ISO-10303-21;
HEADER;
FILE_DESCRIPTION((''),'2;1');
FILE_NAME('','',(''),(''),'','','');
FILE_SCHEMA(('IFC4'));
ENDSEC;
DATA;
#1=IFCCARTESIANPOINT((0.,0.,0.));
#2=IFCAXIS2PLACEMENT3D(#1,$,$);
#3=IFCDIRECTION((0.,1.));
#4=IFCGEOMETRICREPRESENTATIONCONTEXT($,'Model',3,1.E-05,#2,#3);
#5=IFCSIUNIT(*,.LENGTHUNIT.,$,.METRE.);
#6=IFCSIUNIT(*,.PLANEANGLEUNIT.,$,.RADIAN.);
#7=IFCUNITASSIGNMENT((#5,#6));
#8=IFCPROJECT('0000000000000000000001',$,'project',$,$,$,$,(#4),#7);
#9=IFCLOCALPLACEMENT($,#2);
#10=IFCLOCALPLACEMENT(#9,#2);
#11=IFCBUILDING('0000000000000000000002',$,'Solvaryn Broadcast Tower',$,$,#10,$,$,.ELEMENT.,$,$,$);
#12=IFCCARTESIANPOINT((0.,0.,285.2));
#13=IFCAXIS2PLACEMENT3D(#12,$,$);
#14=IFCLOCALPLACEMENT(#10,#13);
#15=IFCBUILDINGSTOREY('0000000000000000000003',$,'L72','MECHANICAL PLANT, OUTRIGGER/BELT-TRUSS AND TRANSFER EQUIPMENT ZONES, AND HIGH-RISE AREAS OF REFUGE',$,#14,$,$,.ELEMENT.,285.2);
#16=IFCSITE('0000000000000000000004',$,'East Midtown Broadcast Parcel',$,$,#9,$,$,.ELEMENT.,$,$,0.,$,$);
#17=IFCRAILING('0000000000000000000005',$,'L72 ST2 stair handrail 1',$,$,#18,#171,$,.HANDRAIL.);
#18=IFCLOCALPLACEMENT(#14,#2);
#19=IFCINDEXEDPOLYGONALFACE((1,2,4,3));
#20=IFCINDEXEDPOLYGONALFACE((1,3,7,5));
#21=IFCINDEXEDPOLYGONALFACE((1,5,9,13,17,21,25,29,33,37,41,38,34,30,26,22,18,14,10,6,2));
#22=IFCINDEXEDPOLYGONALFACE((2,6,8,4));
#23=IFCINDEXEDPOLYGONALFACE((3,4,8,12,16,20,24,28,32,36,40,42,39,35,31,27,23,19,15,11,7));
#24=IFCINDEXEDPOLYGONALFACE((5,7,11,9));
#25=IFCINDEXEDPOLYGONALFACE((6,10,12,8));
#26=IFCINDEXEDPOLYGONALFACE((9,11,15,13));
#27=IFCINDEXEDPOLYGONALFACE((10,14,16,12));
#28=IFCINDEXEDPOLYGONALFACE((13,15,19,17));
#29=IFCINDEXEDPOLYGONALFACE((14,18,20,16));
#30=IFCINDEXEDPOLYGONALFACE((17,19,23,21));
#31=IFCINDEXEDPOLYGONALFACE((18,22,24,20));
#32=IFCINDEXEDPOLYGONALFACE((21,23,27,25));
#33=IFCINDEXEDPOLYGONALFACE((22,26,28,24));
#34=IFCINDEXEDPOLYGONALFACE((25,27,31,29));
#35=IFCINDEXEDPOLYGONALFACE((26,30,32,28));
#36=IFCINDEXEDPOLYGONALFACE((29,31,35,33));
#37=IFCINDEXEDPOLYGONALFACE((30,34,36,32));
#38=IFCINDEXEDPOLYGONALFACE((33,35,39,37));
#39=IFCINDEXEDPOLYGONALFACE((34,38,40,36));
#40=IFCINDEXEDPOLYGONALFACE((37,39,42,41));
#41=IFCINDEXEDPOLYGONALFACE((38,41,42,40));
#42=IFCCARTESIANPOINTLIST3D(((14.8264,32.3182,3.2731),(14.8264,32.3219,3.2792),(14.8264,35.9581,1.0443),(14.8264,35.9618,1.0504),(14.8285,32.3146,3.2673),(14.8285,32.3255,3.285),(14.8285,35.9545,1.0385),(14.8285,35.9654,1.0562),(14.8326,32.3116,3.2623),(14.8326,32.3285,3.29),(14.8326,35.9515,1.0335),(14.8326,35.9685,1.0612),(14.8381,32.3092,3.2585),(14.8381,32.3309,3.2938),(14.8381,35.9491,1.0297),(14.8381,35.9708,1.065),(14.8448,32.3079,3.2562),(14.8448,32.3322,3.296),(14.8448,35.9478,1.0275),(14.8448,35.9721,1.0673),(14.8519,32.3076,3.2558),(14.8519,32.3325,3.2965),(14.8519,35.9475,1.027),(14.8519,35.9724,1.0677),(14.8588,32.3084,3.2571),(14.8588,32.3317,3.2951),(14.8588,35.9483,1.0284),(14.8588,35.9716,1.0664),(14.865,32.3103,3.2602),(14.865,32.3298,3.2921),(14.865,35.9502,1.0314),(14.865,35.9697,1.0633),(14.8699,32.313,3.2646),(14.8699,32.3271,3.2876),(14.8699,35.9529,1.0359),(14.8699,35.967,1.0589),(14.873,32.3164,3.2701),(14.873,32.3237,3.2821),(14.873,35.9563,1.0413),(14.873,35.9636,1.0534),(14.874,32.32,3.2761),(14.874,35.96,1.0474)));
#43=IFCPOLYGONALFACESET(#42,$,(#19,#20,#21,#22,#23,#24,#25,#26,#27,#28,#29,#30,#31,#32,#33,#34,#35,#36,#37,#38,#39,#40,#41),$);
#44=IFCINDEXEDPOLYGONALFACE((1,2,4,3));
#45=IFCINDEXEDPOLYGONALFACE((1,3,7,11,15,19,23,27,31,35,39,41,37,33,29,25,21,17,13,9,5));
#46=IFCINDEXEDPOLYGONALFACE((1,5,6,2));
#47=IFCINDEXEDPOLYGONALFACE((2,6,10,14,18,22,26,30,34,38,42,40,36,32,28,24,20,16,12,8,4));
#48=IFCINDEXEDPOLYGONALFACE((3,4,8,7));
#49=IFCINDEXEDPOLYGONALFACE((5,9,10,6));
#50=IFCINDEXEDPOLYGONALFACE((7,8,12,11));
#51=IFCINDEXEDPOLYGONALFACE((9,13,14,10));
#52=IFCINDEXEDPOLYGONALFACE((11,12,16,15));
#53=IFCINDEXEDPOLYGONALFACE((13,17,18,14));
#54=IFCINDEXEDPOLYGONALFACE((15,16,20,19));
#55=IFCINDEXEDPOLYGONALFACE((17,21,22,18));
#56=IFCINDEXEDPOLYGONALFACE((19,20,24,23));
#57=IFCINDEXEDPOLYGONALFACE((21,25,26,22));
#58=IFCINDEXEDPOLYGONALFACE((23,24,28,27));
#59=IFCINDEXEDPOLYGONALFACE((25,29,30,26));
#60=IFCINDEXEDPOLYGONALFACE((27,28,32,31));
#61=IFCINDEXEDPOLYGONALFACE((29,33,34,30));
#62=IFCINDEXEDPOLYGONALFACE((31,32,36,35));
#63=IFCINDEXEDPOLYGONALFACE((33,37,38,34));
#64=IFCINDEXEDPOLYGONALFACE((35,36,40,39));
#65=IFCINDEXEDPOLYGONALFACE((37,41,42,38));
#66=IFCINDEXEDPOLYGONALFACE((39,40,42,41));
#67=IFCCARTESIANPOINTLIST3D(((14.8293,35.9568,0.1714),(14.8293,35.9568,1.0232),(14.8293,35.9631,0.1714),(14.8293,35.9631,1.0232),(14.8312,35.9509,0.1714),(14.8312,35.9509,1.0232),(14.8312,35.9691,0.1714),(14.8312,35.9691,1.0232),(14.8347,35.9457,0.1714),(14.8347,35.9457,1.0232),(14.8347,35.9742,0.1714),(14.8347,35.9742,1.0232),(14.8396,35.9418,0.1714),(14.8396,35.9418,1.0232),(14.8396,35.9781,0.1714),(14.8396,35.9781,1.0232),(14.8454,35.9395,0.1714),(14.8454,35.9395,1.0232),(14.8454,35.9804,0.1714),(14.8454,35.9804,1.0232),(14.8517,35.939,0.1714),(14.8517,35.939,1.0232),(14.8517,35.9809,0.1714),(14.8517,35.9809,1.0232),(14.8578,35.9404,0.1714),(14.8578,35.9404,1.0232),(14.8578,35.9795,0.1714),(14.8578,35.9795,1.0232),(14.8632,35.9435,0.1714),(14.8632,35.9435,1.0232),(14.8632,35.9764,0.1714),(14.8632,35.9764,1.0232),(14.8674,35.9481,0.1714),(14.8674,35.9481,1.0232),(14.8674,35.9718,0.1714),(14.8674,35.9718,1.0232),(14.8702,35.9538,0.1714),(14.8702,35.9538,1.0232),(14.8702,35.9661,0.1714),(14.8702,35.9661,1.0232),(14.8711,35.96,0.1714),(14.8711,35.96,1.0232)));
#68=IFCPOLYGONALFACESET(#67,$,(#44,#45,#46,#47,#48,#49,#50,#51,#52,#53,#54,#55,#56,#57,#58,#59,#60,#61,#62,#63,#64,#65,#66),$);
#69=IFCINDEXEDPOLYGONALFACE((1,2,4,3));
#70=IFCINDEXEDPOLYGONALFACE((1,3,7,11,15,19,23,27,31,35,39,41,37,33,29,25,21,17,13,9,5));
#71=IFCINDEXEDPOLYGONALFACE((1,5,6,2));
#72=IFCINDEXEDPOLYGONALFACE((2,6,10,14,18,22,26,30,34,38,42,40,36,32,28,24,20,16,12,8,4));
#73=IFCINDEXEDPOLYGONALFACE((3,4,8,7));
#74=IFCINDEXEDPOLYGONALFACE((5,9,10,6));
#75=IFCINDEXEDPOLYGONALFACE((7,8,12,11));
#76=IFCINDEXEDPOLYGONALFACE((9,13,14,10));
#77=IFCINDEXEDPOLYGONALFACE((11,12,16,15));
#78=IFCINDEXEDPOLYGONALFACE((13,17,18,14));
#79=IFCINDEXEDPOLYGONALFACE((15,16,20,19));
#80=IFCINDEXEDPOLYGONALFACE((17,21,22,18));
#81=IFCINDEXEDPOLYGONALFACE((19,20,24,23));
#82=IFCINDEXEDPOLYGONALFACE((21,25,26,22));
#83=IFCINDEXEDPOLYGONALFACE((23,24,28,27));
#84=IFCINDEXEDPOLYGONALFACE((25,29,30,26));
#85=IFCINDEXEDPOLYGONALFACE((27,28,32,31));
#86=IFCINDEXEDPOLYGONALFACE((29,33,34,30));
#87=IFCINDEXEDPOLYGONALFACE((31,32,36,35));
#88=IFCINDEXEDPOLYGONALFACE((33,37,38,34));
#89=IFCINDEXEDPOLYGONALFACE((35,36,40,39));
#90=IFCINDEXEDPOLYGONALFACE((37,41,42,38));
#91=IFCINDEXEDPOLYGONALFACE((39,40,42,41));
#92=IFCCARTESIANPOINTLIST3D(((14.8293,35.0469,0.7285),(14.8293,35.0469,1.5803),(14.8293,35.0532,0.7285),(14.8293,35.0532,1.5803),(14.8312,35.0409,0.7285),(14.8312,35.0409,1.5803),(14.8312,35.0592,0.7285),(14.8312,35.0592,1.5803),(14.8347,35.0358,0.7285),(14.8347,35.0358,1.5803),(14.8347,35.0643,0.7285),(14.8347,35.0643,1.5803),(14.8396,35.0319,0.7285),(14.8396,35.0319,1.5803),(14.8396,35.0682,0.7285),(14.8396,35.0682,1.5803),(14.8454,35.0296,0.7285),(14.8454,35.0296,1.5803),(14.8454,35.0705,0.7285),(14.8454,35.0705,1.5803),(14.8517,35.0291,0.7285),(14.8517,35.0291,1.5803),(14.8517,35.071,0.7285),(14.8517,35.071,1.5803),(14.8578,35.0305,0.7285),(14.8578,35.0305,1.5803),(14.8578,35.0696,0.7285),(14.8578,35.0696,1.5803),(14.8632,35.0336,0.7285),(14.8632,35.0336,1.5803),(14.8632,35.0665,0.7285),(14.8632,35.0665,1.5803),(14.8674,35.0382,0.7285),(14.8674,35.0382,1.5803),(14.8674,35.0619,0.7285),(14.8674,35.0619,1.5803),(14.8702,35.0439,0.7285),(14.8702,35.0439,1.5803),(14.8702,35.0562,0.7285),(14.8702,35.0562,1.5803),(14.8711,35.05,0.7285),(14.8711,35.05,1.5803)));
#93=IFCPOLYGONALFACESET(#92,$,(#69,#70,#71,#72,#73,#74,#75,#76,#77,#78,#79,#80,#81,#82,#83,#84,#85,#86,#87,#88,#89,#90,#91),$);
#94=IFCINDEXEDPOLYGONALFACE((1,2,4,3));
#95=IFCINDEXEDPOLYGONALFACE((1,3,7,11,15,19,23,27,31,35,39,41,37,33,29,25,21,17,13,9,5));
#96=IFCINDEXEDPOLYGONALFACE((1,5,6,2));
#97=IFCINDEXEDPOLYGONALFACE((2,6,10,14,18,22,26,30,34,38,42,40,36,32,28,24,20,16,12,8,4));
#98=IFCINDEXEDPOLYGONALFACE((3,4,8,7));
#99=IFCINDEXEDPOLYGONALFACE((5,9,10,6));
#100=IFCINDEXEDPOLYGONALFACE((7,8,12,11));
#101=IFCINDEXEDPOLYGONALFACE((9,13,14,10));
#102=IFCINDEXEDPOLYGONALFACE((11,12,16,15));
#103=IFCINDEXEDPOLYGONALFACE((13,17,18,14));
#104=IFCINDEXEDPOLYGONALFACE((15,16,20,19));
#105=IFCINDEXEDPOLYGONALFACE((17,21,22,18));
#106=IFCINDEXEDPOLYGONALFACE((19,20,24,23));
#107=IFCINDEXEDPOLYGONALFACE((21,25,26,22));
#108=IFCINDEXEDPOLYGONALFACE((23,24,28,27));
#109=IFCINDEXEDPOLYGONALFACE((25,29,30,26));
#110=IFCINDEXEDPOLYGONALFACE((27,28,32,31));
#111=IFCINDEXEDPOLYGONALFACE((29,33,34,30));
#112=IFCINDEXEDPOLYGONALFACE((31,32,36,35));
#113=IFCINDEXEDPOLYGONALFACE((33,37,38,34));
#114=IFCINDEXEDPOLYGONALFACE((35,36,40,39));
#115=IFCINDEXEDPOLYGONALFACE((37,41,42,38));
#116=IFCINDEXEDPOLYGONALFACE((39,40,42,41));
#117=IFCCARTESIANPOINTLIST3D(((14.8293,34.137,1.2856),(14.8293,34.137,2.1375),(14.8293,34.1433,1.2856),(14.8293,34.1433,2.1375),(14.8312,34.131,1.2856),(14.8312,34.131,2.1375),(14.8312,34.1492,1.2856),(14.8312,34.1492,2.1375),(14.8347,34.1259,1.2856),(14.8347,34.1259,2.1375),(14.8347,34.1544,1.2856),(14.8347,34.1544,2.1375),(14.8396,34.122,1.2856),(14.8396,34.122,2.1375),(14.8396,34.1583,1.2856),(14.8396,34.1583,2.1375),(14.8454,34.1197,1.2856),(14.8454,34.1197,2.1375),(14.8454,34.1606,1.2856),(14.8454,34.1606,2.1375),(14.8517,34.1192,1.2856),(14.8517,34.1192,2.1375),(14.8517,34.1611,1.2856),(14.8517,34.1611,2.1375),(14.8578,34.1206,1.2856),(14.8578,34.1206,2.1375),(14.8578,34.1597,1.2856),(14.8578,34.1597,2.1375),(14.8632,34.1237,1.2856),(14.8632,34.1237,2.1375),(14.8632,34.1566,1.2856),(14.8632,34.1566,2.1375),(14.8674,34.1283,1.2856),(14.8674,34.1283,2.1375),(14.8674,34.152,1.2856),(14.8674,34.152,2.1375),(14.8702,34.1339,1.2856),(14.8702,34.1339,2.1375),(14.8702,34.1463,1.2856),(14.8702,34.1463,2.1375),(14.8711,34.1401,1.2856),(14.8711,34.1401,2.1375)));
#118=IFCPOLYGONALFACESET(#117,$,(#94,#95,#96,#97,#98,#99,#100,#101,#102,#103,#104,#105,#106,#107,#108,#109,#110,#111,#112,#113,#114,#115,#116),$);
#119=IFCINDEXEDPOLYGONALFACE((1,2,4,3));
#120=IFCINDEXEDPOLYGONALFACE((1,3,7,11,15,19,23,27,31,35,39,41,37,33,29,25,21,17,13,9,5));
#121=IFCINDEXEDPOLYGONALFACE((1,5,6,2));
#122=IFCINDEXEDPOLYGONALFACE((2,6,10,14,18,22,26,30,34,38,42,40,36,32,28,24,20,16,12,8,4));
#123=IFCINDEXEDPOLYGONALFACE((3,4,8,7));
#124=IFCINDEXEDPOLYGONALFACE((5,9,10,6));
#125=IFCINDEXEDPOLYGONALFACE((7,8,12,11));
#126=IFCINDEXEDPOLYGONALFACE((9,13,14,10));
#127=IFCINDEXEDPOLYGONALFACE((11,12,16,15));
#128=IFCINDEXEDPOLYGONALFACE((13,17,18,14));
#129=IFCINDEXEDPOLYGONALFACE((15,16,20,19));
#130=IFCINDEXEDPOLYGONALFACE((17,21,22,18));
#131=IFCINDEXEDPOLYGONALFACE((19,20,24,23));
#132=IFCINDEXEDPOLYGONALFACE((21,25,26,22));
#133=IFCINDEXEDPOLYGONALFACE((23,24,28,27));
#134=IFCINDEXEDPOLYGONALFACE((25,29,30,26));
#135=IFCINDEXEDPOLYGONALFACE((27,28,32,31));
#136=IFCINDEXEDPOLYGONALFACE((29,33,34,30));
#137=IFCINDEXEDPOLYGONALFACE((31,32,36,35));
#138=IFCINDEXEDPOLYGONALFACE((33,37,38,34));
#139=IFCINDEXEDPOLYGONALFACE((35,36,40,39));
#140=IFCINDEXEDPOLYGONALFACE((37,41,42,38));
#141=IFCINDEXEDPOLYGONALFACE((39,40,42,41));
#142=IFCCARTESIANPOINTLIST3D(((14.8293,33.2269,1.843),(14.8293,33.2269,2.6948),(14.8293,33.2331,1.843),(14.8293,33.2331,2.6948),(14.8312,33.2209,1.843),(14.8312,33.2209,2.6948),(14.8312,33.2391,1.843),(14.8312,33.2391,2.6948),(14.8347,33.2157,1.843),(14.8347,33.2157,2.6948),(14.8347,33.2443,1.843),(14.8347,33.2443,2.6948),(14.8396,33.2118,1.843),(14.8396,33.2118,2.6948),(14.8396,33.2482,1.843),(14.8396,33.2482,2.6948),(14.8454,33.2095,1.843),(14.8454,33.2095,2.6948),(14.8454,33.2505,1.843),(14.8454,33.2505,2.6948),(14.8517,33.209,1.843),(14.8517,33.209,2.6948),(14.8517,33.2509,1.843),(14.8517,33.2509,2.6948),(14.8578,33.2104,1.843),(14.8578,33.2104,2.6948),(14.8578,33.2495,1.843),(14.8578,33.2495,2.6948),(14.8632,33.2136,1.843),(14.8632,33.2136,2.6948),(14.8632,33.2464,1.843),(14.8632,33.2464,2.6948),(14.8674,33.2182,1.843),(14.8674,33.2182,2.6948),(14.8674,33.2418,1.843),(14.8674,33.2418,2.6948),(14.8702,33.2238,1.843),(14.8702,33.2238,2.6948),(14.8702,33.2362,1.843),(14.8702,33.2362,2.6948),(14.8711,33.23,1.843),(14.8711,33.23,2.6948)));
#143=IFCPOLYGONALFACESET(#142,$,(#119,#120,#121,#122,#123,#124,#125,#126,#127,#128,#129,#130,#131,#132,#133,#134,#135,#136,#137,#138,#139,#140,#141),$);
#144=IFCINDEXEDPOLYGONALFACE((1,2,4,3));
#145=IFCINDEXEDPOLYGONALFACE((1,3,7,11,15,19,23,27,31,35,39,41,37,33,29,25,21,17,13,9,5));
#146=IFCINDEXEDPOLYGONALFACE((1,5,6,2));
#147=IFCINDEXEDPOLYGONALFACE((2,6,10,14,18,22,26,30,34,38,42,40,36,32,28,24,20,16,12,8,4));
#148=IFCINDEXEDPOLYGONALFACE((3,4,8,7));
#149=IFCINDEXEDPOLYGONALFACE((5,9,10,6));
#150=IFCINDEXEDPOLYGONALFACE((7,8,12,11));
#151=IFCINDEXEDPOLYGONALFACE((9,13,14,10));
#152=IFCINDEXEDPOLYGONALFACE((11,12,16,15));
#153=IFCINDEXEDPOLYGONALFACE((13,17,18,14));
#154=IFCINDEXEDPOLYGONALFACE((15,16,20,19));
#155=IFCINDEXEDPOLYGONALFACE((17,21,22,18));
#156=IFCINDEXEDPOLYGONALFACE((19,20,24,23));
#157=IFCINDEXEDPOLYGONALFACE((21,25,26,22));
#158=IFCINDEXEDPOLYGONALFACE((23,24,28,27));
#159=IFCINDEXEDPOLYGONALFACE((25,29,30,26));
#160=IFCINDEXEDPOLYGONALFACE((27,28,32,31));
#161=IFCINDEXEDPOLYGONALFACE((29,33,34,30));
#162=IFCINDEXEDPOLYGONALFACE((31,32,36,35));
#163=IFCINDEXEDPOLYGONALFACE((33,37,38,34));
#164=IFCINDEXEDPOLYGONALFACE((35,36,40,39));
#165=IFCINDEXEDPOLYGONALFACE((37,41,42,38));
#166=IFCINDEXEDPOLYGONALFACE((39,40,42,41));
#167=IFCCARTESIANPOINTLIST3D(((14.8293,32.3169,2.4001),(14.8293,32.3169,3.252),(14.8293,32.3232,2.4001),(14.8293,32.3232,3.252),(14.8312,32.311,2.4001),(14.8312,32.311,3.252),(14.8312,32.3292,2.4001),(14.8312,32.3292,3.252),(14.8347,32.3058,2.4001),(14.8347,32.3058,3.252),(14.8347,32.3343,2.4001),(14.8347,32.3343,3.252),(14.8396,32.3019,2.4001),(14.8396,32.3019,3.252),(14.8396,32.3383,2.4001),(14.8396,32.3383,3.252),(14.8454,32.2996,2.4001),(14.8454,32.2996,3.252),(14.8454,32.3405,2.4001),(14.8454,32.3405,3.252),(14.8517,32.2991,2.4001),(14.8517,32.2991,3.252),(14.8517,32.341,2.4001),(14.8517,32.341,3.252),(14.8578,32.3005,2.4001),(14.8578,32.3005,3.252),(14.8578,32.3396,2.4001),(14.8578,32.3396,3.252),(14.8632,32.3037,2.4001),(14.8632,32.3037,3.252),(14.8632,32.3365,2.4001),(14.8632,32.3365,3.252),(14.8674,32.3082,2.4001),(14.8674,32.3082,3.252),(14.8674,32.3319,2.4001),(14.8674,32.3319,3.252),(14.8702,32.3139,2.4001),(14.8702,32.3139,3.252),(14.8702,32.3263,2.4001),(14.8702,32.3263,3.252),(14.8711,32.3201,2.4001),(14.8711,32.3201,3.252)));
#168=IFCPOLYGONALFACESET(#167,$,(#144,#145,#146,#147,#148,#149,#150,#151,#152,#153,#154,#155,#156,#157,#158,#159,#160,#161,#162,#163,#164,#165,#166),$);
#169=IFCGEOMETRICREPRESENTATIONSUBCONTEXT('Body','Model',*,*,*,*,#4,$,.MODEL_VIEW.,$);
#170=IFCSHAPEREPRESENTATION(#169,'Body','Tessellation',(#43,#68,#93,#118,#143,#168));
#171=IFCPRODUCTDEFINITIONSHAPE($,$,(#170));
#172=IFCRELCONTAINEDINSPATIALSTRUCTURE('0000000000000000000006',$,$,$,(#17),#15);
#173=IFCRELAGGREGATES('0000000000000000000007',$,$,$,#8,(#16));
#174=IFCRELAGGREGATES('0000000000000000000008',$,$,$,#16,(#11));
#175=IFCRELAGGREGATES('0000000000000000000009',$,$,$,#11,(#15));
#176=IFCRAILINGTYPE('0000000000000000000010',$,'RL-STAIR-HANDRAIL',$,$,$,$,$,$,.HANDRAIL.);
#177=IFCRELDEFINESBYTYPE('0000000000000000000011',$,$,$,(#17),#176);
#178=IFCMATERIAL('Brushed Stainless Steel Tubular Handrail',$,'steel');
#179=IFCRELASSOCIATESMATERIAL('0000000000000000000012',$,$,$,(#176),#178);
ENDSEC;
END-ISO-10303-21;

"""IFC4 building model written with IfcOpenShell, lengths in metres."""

from ifc_helpers import new_model, si_unit, direction, frame, origin, origin_2d, place, context, subcontext, project, spatial, circle, extrude, material, type_object, element, save


model = new_model("IFC4")

# Units and contexts
model_context = context("Model", 3, precision=1e-05, world=origin(), true_north=direction((0.0, 1.0)))
body_context = subcontext(model_context, "Body", "Model", "MODEL_VIEW")
ifc_project = project(units=[si_unit("LENGTHUNIT", "METRE"), si_unit("PLANEANGLEUNIT", "RADIAN")], contexts=[model_context])

# Site, building, storey
site_placement = place(None, origin())
site = spatial("IfcSite", under=ifc_project, at=site_placement, Name="East Midtown Broadcast Parcel", CompositionType="ELEMENT", RefElevation=0.0)
building_placement = place(site_placement, origin())
building = spatial("IfcBuilding", under=site, at=building_placement, Name="Solvaryn Broadcast Tower", CompositionType="ELEMENT")
storey_placement = place(building_placement, frame((0.0, 0.0, 285.2)))
storey = spatial("IfcBuildingStorey", under=building, at=storey_placement, Name="L72", Description="MECHANICAL PLANT, OUTRIGGER/BELT-TRUSS AND TRANSFER EQUIPMENT ZONES, AND HIGH-RISE AREAS OF REFUGE", CompositionType="ELEMENT", Elevation=285.2)

# Railing
ifc_material_1 = material(Name="Brushed Stainless Steel Tubular Handrail", Category="steel")
railing_type_1 = type_object("IfcRailingType", Name="RL-STAIR-HANDRAIL", PredefinedType="HANDRAIL", material=ifc_material_1)
railing_1_placement = place(storey_placement, frame((14.8501, 35.96, 0.1714)))
element("IfcRailing", 1, at=railing_1_placement, inside=storey, type_object=railing_type_1, Name="L72 ST2 stair handrail 1", PredefinedType="HANDRAIL", context=body_context, shape_type="SweptSolid", body=[
    extrude(circle(Radius=0.0239, at=origin_2d()), frame((0.0, 0.0, 0.876), z_axis=(0.0, -0.852825, 0.522197), x_axis=(1.0, 0.0, 0.0)), (0.0, 0.0, 1.0), 4.2681),
    extrude(circle(Radius=0.021, at=origin_2d()), origin(), (0.0, 0.0, 1.0), 0.8518),
    extrude(circle(Radius=0.021, at=origin_2d()), frame((0.0, -0.9099, 0.5571)), (0.0, 0.0, 1.0), 0.8518),
    extrude(circle(Radius=0.021, at=origin_2d()), frame((0.0, -1.8198, 1.1143)), (0.0, 0.0, 1.0), 0.8518),
    extrude(circle(Radius=0.021, at=origin_2d()), frame((0.0, -2.73, 1.6716)), (0.0, 0.0, 1.0), 0.8518),
    extrude(circle(Radius=0.021, at=origin_2d()), frame((0.0, -3.6399, 2.2288)), (0.0, 0.0, 1.0), 0.8518),
])

save(model, "model.ifc")
